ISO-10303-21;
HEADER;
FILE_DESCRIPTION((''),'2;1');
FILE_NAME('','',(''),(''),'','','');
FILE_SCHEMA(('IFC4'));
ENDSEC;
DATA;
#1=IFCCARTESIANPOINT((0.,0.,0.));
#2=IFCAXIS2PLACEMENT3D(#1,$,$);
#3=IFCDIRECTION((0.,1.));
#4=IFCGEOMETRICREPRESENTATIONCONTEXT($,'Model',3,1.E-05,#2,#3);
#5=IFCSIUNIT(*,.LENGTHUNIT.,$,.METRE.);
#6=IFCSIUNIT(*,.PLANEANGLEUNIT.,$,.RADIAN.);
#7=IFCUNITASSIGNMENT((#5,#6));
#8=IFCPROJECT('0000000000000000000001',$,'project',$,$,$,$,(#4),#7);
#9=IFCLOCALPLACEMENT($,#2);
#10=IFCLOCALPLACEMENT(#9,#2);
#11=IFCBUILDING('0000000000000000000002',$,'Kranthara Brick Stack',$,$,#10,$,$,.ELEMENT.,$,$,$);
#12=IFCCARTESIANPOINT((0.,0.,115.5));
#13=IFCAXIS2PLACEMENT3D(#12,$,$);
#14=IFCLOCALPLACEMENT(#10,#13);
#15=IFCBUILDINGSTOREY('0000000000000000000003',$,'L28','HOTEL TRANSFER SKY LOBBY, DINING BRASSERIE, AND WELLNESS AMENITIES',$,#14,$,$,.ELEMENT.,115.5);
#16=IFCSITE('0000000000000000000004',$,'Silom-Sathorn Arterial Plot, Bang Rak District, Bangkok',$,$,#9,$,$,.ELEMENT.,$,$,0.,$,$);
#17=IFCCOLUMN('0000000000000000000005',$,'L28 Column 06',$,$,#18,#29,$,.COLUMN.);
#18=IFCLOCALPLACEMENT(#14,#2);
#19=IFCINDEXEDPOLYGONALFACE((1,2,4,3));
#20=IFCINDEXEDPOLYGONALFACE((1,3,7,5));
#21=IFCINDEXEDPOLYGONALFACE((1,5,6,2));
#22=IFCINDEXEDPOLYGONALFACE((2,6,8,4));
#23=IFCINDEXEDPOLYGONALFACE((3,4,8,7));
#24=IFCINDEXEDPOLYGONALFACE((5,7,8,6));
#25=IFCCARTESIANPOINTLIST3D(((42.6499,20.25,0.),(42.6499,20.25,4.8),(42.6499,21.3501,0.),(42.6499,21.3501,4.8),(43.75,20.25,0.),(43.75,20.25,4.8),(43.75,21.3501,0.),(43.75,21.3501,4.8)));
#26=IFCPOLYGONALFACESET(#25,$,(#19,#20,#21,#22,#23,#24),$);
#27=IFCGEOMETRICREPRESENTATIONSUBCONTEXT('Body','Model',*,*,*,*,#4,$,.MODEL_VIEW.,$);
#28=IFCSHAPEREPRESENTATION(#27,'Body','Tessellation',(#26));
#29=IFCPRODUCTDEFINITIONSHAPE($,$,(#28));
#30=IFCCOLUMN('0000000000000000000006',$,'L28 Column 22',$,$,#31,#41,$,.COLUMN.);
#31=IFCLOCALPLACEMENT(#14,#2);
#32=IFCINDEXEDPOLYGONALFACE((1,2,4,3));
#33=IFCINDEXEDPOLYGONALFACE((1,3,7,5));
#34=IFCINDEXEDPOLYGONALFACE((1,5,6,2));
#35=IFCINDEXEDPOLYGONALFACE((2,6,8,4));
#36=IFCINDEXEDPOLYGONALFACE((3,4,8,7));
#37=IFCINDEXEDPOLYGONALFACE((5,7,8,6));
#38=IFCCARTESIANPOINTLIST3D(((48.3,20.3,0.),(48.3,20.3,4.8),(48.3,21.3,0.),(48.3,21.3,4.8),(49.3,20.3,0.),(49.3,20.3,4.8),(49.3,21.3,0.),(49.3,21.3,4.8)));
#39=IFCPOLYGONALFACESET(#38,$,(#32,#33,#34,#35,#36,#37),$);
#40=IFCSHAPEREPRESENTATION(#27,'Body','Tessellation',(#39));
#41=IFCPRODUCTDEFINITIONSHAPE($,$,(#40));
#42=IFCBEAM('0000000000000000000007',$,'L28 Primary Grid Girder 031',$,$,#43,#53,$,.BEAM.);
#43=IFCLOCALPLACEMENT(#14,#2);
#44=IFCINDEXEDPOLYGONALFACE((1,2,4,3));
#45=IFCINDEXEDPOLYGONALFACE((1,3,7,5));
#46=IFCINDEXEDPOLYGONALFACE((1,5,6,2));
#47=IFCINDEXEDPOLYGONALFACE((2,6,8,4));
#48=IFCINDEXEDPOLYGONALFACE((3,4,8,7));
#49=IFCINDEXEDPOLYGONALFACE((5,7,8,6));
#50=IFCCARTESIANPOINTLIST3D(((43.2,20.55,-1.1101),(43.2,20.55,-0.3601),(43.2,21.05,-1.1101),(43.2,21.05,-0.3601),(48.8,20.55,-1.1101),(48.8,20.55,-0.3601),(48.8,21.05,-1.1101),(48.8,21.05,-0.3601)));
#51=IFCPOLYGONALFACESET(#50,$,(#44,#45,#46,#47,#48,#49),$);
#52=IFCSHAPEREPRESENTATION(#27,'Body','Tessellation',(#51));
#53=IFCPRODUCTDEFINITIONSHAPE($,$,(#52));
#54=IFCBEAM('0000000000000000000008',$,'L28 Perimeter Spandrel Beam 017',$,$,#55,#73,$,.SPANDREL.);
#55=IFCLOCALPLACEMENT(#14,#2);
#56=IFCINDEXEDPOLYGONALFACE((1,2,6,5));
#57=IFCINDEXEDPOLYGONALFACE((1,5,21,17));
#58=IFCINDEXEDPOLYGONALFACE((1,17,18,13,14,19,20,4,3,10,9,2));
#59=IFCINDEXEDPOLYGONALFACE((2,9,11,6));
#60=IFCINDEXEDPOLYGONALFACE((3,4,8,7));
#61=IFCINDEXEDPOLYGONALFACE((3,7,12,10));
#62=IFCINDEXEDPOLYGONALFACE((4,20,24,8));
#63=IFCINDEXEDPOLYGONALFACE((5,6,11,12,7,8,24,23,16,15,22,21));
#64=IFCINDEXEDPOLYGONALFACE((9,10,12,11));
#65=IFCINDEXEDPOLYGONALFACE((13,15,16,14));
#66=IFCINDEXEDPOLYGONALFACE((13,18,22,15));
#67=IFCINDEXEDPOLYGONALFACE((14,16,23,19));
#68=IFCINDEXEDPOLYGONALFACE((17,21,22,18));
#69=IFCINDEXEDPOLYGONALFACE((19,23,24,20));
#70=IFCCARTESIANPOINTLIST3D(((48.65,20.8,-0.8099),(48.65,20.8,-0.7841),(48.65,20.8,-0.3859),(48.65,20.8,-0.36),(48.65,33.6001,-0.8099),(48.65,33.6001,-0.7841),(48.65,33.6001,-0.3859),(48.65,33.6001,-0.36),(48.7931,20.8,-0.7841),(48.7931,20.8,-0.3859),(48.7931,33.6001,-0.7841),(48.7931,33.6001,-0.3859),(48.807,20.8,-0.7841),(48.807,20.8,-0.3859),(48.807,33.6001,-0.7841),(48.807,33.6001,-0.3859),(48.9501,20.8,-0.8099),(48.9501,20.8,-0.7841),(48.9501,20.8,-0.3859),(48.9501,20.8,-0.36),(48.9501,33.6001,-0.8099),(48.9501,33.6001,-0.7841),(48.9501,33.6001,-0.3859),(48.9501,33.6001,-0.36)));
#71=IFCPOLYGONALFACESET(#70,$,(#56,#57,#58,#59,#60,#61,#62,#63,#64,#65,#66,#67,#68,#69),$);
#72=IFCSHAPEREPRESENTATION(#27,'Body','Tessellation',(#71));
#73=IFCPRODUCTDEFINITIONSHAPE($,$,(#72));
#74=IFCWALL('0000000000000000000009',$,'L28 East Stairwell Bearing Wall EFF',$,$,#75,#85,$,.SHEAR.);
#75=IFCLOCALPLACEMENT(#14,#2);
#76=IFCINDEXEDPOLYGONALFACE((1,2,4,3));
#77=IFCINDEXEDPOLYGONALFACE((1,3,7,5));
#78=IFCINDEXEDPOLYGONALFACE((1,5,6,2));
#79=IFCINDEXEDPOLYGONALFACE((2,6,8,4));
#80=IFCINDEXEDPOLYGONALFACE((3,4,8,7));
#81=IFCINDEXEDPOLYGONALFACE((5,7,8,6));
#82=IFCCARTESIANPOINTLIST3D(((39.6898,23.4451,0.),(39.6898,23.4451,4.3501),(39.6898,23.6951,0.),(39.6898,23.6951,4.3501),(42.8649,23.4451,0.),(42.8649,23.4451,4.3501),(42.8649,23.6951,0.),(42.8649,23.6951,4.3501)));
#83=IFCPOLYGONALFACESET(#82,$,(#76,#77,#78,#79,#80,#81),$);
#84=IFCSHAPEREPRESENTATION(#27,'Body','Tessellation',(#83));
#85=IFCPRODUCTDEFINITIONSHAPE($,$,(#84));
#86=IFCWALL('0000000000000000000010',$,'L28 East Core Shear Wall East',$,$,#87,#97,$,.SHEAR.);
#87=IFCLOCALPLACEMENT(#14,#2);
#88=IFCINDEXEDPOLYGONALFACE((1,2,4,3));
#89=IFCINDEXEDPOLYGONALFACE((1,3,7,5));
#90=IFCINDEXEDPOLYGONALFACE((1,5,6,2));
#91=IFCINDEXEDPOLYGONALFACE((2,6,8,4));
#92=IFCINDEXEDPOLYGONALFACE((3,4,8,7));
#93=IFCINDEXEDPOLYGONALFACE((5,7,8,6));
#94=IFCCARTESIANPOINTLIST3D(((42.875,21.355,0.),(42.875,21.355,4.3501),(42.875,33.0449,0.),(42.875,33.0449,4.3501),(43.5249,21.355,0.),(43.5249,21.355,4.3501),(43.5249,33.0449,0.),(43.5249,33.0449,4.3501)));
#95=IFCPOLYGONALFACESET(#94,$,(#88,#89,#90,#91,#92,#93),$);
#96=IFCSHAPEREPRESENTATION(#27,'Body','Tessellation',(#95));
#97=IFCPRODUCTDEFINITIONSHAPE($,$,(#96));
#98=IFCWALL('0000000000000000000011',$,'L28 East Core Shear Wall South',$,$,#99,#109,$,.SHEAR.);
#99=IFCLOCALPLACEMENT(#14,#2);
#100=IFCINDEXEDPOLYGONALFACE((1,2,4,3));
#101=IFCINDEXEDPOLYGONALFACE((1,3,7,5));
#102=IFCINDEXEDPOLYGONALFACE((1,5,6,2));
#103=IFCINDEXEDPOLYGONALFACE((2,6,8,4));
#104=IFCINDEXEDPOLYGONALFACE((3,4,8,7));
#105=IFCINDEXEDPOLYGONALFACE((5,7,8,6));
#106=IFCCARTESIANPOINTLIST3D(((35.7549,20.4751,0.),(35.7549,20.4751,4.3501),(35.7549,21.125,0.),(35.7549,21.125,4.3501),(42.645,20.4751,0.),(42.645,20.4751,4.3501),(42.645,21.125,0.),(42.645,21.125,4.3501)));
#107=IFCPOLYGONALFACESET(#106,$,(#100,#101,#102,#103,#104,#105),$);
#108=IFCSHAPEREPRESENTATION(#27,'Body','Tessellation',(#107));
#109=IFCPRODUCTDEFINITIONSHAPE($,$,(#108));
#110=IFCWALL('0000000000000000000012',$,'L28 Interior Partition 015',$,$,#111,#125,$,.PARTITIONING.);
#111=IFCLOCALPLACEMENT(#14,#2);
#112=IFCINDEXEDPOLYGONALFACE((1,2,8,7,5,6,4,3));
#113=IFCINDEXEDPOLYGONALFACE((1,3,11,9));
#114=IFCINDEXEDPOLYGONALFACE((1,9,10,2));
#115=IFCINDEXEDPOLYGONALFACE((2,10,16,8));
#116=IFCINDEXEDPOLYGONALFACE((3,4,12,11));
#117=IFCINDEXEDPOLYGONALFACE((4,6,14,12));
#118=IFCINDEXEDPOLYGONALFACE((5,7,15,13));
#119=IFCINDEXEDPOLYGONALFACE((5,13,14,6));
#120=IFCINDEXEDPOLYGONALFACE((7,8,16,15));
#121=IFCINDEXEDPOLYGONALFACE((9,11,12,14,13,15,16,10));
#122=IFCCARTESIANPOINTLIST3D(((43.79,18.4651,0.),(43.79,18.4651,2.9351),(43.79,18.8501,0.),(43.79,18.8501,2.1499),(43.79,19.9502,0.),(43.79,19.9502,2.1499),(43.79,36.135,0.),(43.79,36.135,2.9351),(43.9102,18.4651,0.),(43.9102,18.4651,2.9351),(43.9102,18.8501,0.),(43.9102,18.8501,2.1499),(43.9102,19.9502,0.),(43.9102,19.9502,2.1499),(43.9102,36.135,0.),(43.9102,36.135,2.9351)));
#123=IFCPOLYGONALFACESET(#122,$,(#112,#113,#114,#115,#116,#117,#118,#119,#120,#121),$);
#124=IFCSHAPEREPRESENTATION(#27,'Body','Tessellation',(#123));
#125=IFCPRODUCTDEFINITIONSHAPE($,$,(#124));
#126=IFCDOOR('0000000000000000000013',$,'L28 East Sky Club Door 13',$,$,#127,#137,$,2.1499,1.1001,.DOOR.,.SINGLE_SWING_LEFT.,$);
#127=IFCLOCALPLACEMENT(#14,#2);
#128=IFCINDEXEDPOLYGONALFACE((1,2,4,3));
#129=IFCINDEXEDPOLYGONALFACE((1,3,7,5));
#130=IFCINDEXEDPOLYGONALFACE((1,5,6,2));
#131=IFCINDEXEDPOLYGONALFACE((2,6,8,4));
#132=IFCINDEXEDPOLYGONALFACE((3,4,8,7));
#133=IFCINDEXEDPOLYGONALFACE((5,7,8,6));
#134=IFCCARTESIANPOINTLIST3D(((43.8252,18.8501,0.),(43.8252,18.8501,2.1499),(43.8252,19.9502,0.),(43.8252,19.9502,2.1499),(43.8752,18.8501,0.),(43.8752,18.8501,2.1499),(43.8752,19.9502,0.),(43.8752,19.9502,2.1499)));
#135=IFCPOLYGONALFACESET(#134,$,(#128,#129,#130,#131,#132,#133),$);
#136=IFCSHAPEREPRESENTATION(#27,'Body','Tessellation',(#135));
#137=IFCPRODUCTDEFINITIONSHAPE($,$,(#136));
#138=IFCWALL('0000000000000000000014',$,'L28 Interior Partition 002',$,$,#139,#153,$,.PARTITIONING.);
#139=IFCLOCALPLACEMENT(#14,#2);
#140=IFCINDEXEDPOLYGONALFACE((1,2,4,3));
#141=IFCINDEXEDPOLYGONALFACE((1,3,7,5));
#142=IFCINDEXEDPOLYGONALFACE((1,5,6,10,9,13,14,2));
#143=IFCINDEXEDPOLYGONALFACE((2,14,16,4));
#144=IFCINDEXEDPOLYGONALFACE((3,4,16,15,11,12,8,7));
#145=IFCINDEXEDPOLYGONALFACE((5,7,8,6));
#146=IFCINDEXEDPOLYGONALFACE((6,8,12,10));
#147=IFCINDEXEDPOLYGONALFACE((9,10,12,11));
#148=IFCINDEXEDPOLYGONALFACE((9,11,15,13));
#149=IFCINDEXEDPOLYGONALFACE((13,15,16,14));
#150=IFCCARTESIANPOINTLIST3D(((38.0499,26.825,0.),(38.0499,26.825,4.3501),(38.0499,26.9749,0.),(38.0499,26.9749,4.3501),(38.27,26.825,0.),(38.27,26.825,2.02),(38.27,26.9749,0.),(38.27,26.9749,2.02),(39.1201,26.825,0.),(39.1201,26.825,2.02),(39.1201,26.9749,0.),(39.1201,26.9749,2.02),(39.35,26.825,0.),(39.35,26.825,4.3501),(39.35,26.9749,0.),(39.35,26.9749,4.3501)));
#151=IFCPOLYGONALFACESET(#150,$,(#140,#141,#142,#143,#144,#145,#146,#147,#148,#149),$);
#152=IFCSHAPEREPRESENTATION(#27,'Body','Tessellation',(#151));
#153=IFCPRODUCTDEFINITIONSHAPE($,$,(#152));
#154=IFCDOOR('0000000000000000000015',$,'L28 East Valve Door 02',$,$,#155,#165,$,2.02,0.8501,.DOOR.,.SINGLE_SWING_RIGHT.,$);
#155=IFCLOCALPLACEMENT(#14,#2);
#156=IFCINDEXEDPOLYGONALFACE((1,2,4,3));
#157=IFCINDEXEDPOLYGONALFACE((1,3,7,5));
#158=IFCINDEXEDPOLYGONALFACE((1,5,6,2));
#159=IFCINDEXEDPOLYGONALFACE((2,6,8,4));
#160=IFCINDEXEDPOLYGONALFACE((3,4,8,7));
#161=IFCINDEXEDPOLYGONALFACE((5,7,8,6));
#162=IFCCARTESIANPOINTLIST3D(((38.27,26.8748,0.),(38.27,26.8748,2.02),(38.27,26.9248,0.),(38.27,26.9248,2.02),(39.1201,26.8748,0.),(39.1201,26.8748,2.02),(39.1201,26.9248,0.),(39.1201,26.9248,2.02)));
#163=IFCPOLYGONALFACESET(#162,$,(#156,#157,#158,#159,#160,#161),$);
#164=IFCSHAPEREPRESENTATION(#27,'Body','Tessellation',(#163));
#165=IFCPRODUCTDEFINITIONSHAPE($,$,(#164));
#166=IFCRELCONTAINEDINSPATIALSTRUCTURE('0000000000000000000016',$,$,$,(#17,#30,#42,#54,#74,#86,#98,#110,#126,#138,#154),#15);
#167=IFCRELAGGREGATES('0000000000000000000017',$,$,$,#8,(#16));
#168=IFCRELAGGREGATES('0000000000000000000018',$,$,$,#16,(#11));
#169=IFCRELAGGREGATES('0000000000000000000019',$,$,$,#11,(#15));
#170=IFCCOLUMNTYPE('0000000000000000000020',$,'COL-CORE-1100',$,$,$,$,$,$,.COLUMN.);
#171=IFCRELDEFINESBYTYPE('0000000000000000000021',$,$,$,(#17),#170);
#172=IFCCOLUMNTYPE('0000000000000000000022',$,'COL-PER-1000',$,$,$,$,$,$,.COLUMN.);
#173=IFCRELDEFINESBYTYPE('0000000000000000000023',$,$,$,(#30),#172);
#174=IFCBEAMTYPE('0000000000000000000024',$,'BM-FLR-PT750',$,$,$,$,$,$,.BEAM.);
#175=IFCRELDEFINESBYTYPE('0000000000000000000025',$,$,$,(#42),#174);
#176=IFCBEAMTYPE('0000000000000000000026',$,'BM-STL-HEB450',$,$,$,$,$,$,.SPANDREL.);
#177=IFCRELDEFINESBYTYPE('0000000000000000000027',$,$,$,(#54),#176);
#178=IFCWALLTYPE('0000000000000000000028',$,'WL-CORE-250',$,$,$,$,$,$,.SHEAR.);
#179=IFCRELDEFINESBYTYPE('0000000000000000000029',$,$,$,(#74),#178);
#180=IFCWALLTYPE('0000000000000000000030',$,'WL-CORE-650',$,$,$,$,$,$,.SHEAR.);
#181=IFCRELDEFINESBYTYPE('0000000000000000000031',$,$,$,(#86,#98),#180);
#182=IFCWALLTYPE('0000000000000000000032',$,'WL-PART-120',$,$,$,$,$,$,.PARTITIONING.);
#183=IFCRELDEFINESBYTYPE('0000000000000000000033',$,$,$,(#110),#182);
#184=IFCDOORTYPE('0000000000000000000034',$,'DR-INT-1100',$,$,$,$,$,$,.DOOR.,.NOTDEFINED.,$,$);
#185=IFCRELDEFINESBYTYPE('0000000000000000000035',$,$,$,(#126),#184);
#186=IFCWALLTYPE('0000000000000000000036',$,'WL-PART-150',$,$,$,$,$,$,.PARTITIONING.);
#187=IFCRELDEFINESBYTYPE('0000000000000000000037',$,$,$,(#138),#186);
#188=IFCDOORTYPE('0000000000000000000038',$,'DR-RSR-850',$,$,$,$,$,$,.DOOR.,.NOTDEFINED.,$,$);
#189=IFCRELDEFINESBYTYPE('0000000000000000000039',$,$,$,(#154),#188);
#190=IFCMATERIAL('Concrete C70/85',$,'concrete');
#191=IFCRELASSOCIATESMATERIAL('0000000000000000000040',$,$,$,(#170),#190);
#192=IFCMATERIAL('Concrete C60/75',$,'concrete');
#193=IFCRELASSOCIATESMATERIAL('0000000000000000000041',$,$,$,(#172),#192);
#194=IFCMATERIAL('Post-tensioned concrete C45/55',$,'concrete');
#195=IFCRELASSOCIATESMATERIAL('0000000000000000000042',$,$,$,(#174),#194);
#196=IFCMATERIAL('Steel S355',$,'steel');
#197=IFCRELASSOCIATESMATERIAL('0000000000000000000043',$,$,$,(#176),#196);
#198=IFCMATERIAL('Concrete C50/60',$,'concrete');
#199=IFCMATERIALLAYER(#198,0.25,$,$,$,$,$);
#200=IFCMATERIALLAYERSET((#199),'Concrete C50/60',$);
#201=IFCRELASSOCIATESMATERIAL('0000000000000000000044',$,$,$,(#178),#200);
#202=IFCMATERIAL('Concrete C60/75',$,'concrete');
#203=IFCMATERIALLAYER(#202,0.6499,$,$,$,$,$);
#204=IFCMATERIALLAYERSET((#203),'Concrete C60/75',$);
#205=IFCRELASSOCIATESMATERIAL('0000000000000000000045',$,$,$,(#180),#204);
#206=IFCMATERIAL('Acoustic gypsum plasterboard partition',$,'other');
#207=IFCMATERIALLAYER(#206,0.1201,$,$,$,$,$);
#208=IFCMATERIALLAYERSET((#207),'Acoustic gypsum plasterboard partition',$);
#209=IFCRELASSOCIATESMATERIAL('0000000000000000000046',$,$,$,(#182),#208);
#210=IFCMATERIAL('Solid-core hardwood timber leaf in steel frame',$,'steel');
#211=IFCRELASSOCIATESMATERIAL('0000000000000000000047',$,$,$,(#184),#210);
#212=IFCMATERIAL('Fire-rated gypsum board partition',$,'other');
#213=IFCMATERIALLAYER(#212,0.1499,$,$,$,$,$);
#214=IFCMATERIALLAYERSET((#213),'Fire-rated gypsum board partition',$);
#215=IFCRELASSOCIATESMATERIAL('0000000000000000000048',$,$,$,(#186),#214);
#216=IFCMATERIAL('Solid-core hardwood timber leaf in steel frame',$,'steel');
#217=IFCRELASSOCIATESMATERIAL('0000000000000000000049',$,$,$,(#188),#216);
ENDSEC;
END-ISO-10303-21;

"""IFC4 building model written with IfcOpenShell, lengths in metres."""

from ifc_helpers import new_model, si_unit, direction, frame, frame_2d, origin, origin_2d, place, context, subcontext, project, spatial, rectangle, i_section, extrude, material, layer, layer_set, material_profile, profile_set, type_object, element, fill, save


model = new_model("IFC4")

# Units and contexts
model_context = context("Model", 3, precision=1e-05, world=origin(), true_north=direction((0.0, 1.0)))
body_context = subcontext(model_context, "Body", "Model", "MODEL_VIEW")
ifc_project = project(units=[si_unit("LENGTHUNIT", "METRE"), si_unit("PLANEANGLEUNIT", "RADIAN")], contexts=[model_context])

# Site, building, storey
site_placement = place(None, origin())
site = spatial("IfcSite", under=ifc_project, at=site_placement, Name="Silom-Sathorn Arterial Plot, Bang Rak District, Bangkok", CompositionType="ELEMENT", RefElevation=0.0)
building_placement = place(site_placement, origin())
building = spatial("IfcBuilding", under=site, at=building_placement, Name="Kranthara Brick Stack", CompositionType="ELEMENT")
storey_placement = place(building_placement, frame((0.0, 0.0, 115.5)))
storey = spatial("IfcBuildingStorey", under=building, at=storey_placement, Name="L28", Description="HOTEL TRANSFER SKY LOBBY, DINING BRASSERIE, AND WELLNESS AMENITIES", CompositionType="ELEMENT", Elevation=115.5)

# Columns
ifc_material_1 = material(Name="Concrete C70/85", Category="concrete")
ifc_material_profile_1 = material_profile(ifc_material_1, rectangle(XDim=1.1001, YDim=1.1001, at=origin_2d()), Name="RC 1100x1100")
ifc_profile_set_1 = profile_set([ifc_material_profile_1], Name="Concrete C70/85")
column_type_1 = type_object("IfcColumnType", Name="COL-CORE-1100", PredefinedType="COLUMN", material=ifc_profile_set_1)
column_1_placement = place(storey_placement, frame((43.2, 20.8, 0.0), z_axis=(0.0, 0.0, 1.0), x_axis=(1.0, 0.0, 0.0)))
element("IfcColumn", 1, at=column_1_placement, inside=storey, type_object=column_type_1, Name="L28 Column 06", PredefinedType="COLUMN", context=body_context, shape_type="SweptSolid", body=[
    extrude(rectangle(XDim=1.1001, YDim=1.1001, at=origin_2d()), origin(), (0.0, 0.0, 1.0), 4.8),
])
ifc_material_2 = material(Name="Concrete C60/75", Category="concrete")
ifc_material_profile_2 = material_profile(ifc_material_2, rectangle(XDim=1.0, YDim=1.0, at=origin_2d()), Name="RC 1000x1000")
ifc_profile_set_2 = profile_set([ifc_material_profile_2], Name="Concrete C60/75")
column_type_2 = type_object("IfcColumnType", Name="COL-PER-1000", PredefinedType="COLUMN", material=ifc_profile_set_2)
column_2_placement = place(storey_placement, frame((48.8, 20.8, 0.0), z_axis=(0.0, 0.0, 1.0), x_axis=(1.0, 0.0, 0.0)))
element("IfcColumn", 2, at=column_2_placement, inside=storey, type_object=column_type_2, Name="L28 Column 22", PredefinedType="COLUMN", context=body_context, shape_type="SweptSolid", body=[
    extrude(rectangle(XDim=1.0, YDim=1.0, at=origin_2d()), origin(), (0.0, 0.0, 1.0), 4.8),
])

# Beams
ifc_material_3 = material(Name="Post-tensioned concrete C45/55", Category="concrete")
ifc_material_profile_3 = material_profile(ifc_material_3, rectangle(XDim=0.5, YDim=0.75, at=origin_2d()), Name="PT 500x750")
ifc_profile_set_3 = profile_set([ifc_material_profile_3], Name="Post-tensioned concrete C45/55")
beam_type_1 = type_object("IfcBeamType", Name="BM-FLR-PT750", PredefinedType="BEAM", material=ifc_profile_set_3)
beam_1_placement = place(storey_placement, frame((43.2, 20.8, -0.7351), z_axis=(1.0, 0.0, 0.0), x_axis=(0.0, 1.0, 0.0)))
element("IfcBeam", 3, at=beam_1_placement, inside=storey, type_object=beam_type_1, Name="L28 Primary Grid Girder 031", PredefinedType="BEAM", context=body_context, shape_type="SweptSolid", body=[
    extrude(rectangle(XDim=0.5, YDim=0.75, at=origin_2d()), origin(), (0.0, 0.0, 1.0), 5.6001),
])
ifc_material_4 = material(Name="Steel S355", Category="steel")
ifc_material_profile_4 = material_profile(ifc_material_4, i_section(OverallWidth=0.3, OverallDepth=0.45, WebThickness=0.0139, FlangeThickness=0.0259, at=origin_2d()), Name="HEB 450")
ifc_profile_set_4 = profile_set([ifc_material_profile_4], Name="Steel S355")
beam_type_2 = type_object("IfcBeamType", Name="BM-STL-HEB450", PredefinedType="SPANDREL", material=ifc_profile_set_4)
beam_2_placement = place(storey_placement, frame((48.8, 20.8, -0.585), z_axis=(0.0, 1.0, 0.0), x_axis=(-1.0, 0.0, 0.0)))
element("IfcBeam", 4, at=beam_2_placement, inside=storey, type_object=beam_type_2, Name="L28 Perimeter Spandrel Beam 017", PredefinedType="SPANDREL", context=body_context, shape_type="SweptSolid", body=[
    extrude(i_section(OverallWidth=0.3, OverallDepth=0.45, WebThickness=0.0139, FlangeThickness=0.0259, at=origin_2d()), origin(), (0.0, 0.0, 1.0), 12.8),
])

# Shared definitions
ifc_material_5 = material(Name="Concrete C50/60", Category="concrete")
ifc_layer_1 = layer(ifc_material_5, 0.25)
ifc_layer_set_1 = layer_set([ifc_layer_1], Name="Concrete C50/60")
wall_type_1 = type_object("IfcWallType", Name="WL-CORE-250", PredefinedType="SHEAR", material=ifc_layer_set_1)

# Walls
wall_1_placement = place(storey_placement, frame((39.6899, 23.5701, 0.0), z_axis=(0.0, 0.0, 1.0), x_axis=(1.0, 0.0, 0.0)))
element("IfcWall", 5, at=wall_1_placement, inside=storey, type_object=wall_type_1, Name="L28 East Stairwell Bearing Wall EFF", PredefinedType="SHEAR", context=body_context, shape_type="SweptSolid", body=[
    extrude(rectangle(XDim=3.175, YDim=0.25, at=frame_2d((1.5874, 0.0))), origin(), (0.0, 0.0, 1.0), 4.3501),
])
ifc_material_6 = material(Name="Concrete C60/75", Category="concrete")
ifc_layer_2 = layer(ifc_material_6, 0.6499)
ifc_layer_set_2 = layer_set([ifc_layer_2], Name="Concrete C60/75")
wall_type_2 = type_object("IfcWallType", Name="WL-CORE-650", PredefinedType="SHEAR", material=ifc_layer_set_2)
wall_2_placement = place(storey_placement, frame((43.2, 21.355, 0.0), z_axis=(0.0, 0.0, 1.0), x_axis=(0.0, 1.0, 0.0)))
element("IfcWall", 6, at=wall_2_placement, inside=storey, type_object=wall_type_2, Name="L28 East Core Shear Wall East", PredefinedType="SHEAR", context=body_context, shape_type="SweptSolid", body=[
    extrude(rectangle(XDim=11.6899, YDim=0.6499, at=frame_2d((5.845, 0.0))), origin(), (0.0, 0.0, 1.0), 4.3501),
])
wall_3_placement = place(storey_placement, frame((35.7549, 20.8, 0.0), z_axis=(0.0, 0.0, 1.0), x_axis=(1.0, 0.0, 0.0)))
element("IfcWall", 7, at=wall_3_placement, inside=storey, type_object=wall_type_2, Name="L28 East Core Shear Wall South", PredefinedType="SHEAR", context=body_context, shape_type="SweptSolid", body=[
    extrude(rectangle(XDim=6.8901, YDim=0.6499, at=frame_2d((3.4451, 0.0))), origin(), (0.0, 0.0, 1.0), 4.3501),
])

# Walls, openings, doors
ifc_material_7 = material(Name="Acoustic gypsum plasterboard partition", Category="other")
ifc_layer_3 = layer(ifc_material_7, 0.1201)
ifc_layer_set_3 = layer_set([ifc_layer_3], Name="Acoustic gypsum plasterboard partition")
wall_type_3 = type_object("IfcWallType", Name="WL-PART-120", PredefinedType="PARTITIONING", material=ifc_layer_set_3)
wall_4_placement = place(storey_placement, frame((43.8501, 18.4651, 0.0), z_axis=(0.0, 0.0, 1.0), x_axis=(0.0, 1.0, 0.0)))
wall_4 = element("IfcWall", 8, at=wall_4_placement, inside=storey, type_object=wall_type_3, Name="L28 Interior Partition 015", PredefinedType="PARTITIONING", context=body_context, shape_type="SweptSolid", body=[
    extrude(rectangle(XDim=17.6699, YDim=0.1201, at=frame_2d((8.835, 0.0))), origin(), (0.0, 0.0, 1.0), 2.9351),
])
opening_1_placement = place(wall_4_placement, frame((0.385, 0.0, 0.0)))
opening_1 = element("IfcOpeningElement", 9, at=opening_1_placement, cuts=wall_4, PredefinedType="OPENING", context=body_context, shape_type="SweptSolid", body=[
    extrude(rectangle(XDim=1.1001, YDim=2.1499, at=frame_2d((0.55, 1.075))), frame((0.0, 0.0701, 0.0), z_axis=(0.0, -1.0, 0.0), x_axis=(1.0, 0.0, 0.0)), (0.0, 0.0, 1.0), 0.1401),
])
ifc_material_8 = material(Name="Solid-core hardwood timber leaf in steel frame", Category="steel")
door_type_1 = type_object("IfcDoorType", Name="DR-INT-1100", OperationType="NOTDEFINED", PredefinedType="DOOR", material=ifc_material_8)
door_1_placement = place(opening_1_placement, origin())
door_1 = element("IfcDoor", 10, at=door_1_placement, inside=storey, type_object=door_type_1, Name="L28 East Sky Club Door 13", OperationType="SINGLE_SWING_LEFT", OverallHeight=2.1499, OverallWidth=1.1001, PredefinedType="DOOR", context=body_context, shape_type="SweptSolid", body=[
    extrude(rectangle(XDim=1.1001, YDim=2.1499, at=frame_2d((0.55, 1.075))), frame((0.0, 0.0249, 0.0), z_axis=(0.0, -1.0, 0.0), x_axis=(1.0, 0.0, 0.0)), (0.0, 0.0, 1.0), 0.05),
])
fill(opening_1, door_1)
ifc_material_9 = material(Name="Fire-rated gypsum board partition", Category="other")
ifc_layer_4 = layer(ifc_material_9, 0.1499)
ifc_layer_set_4 = layer_set([ifc_layer_4], Name="Fire-rated gypsum board partition")
wall_type_4 = type_object("IfcWallType", Name="WL-PART-150", PredefinedType="PARTITIONING", material=ifc_layer_set_4)
wall_5_placement = place(storey_placement, frame((38.05, 26.8999, 0.0), z_axis=(0.0, 0.0, 1.0), x_axis=(1.0, 0.0, 0.0)))
wall_5 = element("IfcWall", 11, at=wall_5_placement, inside=storey, type_object=wall_type_4, Name="L28 Interior Partition 002", PredefinedType="PARTITIONING", context=body_context, shape_type="SweptSolid", body=[
    extrude(rectangle(XDim=1.3, YDim=0.1499, at=frame_2d((0.6499, 0.0))), origin(), (0.0, 0.0, 1.0), 4.3501),
])
opening_2_placement = place(wall_5_placement, frame((0.22, 0.0, 0.0)))
opening_2 = element("IfcOpeningElement", 12, at=opening_2_placement, cuts=wall_5, PredefinedType="OPENING", context=body_context, shape_type="SweptSolid", body=[
    extrude(rectangle(XDim=0.8501, YDim=2.02, at=frame_2d((0.425, 1.01))), frame((0.0, 0.085, 0.0), z_axis=(0.0, -1.0, 0.0), x_axis=(1.0, 0.0, 0.0)), (0.0, 0.0, 1.0), 0.1699),
])
ifc_material_10 = material(Name="Solid-core hardwood timber leaf in steel frame", Category="steel")
door_type_2 = type_object("IfcDoorType", Name="DR-RSR-850", OperationType="NOTDEFINED", PredefinedType="DOOR", material=ifc_material_10)
door_2_placement = place(opening_2_placement, origin())
door_2 = element("IfcDoor", 13, at=door_2_placement, inside=storey, type_object=door_type_2, Name="L28 East Valve Door 02", OperationType="SINGLE_SWING_RIGHT", OverallHeight=2.02, OverallWidth=0.8501, PredefinedType="DOOR", context=body_context, shape_type="SweptSolid", body=[
    extrude(rectangle(XDim=0.8501, YDim=2.02, at=frame_2d((0.425, 1.01))), frame((0.0, 0.0249, 0.0), z_axis=(0.0, -1.0, 0.0), x_axis=(1.0, 0.0, 0.0)), (0.0, 0.0, 1.0), 0.05),
])
fill(opening_2, door_2)

save(model, "model.ifc")
